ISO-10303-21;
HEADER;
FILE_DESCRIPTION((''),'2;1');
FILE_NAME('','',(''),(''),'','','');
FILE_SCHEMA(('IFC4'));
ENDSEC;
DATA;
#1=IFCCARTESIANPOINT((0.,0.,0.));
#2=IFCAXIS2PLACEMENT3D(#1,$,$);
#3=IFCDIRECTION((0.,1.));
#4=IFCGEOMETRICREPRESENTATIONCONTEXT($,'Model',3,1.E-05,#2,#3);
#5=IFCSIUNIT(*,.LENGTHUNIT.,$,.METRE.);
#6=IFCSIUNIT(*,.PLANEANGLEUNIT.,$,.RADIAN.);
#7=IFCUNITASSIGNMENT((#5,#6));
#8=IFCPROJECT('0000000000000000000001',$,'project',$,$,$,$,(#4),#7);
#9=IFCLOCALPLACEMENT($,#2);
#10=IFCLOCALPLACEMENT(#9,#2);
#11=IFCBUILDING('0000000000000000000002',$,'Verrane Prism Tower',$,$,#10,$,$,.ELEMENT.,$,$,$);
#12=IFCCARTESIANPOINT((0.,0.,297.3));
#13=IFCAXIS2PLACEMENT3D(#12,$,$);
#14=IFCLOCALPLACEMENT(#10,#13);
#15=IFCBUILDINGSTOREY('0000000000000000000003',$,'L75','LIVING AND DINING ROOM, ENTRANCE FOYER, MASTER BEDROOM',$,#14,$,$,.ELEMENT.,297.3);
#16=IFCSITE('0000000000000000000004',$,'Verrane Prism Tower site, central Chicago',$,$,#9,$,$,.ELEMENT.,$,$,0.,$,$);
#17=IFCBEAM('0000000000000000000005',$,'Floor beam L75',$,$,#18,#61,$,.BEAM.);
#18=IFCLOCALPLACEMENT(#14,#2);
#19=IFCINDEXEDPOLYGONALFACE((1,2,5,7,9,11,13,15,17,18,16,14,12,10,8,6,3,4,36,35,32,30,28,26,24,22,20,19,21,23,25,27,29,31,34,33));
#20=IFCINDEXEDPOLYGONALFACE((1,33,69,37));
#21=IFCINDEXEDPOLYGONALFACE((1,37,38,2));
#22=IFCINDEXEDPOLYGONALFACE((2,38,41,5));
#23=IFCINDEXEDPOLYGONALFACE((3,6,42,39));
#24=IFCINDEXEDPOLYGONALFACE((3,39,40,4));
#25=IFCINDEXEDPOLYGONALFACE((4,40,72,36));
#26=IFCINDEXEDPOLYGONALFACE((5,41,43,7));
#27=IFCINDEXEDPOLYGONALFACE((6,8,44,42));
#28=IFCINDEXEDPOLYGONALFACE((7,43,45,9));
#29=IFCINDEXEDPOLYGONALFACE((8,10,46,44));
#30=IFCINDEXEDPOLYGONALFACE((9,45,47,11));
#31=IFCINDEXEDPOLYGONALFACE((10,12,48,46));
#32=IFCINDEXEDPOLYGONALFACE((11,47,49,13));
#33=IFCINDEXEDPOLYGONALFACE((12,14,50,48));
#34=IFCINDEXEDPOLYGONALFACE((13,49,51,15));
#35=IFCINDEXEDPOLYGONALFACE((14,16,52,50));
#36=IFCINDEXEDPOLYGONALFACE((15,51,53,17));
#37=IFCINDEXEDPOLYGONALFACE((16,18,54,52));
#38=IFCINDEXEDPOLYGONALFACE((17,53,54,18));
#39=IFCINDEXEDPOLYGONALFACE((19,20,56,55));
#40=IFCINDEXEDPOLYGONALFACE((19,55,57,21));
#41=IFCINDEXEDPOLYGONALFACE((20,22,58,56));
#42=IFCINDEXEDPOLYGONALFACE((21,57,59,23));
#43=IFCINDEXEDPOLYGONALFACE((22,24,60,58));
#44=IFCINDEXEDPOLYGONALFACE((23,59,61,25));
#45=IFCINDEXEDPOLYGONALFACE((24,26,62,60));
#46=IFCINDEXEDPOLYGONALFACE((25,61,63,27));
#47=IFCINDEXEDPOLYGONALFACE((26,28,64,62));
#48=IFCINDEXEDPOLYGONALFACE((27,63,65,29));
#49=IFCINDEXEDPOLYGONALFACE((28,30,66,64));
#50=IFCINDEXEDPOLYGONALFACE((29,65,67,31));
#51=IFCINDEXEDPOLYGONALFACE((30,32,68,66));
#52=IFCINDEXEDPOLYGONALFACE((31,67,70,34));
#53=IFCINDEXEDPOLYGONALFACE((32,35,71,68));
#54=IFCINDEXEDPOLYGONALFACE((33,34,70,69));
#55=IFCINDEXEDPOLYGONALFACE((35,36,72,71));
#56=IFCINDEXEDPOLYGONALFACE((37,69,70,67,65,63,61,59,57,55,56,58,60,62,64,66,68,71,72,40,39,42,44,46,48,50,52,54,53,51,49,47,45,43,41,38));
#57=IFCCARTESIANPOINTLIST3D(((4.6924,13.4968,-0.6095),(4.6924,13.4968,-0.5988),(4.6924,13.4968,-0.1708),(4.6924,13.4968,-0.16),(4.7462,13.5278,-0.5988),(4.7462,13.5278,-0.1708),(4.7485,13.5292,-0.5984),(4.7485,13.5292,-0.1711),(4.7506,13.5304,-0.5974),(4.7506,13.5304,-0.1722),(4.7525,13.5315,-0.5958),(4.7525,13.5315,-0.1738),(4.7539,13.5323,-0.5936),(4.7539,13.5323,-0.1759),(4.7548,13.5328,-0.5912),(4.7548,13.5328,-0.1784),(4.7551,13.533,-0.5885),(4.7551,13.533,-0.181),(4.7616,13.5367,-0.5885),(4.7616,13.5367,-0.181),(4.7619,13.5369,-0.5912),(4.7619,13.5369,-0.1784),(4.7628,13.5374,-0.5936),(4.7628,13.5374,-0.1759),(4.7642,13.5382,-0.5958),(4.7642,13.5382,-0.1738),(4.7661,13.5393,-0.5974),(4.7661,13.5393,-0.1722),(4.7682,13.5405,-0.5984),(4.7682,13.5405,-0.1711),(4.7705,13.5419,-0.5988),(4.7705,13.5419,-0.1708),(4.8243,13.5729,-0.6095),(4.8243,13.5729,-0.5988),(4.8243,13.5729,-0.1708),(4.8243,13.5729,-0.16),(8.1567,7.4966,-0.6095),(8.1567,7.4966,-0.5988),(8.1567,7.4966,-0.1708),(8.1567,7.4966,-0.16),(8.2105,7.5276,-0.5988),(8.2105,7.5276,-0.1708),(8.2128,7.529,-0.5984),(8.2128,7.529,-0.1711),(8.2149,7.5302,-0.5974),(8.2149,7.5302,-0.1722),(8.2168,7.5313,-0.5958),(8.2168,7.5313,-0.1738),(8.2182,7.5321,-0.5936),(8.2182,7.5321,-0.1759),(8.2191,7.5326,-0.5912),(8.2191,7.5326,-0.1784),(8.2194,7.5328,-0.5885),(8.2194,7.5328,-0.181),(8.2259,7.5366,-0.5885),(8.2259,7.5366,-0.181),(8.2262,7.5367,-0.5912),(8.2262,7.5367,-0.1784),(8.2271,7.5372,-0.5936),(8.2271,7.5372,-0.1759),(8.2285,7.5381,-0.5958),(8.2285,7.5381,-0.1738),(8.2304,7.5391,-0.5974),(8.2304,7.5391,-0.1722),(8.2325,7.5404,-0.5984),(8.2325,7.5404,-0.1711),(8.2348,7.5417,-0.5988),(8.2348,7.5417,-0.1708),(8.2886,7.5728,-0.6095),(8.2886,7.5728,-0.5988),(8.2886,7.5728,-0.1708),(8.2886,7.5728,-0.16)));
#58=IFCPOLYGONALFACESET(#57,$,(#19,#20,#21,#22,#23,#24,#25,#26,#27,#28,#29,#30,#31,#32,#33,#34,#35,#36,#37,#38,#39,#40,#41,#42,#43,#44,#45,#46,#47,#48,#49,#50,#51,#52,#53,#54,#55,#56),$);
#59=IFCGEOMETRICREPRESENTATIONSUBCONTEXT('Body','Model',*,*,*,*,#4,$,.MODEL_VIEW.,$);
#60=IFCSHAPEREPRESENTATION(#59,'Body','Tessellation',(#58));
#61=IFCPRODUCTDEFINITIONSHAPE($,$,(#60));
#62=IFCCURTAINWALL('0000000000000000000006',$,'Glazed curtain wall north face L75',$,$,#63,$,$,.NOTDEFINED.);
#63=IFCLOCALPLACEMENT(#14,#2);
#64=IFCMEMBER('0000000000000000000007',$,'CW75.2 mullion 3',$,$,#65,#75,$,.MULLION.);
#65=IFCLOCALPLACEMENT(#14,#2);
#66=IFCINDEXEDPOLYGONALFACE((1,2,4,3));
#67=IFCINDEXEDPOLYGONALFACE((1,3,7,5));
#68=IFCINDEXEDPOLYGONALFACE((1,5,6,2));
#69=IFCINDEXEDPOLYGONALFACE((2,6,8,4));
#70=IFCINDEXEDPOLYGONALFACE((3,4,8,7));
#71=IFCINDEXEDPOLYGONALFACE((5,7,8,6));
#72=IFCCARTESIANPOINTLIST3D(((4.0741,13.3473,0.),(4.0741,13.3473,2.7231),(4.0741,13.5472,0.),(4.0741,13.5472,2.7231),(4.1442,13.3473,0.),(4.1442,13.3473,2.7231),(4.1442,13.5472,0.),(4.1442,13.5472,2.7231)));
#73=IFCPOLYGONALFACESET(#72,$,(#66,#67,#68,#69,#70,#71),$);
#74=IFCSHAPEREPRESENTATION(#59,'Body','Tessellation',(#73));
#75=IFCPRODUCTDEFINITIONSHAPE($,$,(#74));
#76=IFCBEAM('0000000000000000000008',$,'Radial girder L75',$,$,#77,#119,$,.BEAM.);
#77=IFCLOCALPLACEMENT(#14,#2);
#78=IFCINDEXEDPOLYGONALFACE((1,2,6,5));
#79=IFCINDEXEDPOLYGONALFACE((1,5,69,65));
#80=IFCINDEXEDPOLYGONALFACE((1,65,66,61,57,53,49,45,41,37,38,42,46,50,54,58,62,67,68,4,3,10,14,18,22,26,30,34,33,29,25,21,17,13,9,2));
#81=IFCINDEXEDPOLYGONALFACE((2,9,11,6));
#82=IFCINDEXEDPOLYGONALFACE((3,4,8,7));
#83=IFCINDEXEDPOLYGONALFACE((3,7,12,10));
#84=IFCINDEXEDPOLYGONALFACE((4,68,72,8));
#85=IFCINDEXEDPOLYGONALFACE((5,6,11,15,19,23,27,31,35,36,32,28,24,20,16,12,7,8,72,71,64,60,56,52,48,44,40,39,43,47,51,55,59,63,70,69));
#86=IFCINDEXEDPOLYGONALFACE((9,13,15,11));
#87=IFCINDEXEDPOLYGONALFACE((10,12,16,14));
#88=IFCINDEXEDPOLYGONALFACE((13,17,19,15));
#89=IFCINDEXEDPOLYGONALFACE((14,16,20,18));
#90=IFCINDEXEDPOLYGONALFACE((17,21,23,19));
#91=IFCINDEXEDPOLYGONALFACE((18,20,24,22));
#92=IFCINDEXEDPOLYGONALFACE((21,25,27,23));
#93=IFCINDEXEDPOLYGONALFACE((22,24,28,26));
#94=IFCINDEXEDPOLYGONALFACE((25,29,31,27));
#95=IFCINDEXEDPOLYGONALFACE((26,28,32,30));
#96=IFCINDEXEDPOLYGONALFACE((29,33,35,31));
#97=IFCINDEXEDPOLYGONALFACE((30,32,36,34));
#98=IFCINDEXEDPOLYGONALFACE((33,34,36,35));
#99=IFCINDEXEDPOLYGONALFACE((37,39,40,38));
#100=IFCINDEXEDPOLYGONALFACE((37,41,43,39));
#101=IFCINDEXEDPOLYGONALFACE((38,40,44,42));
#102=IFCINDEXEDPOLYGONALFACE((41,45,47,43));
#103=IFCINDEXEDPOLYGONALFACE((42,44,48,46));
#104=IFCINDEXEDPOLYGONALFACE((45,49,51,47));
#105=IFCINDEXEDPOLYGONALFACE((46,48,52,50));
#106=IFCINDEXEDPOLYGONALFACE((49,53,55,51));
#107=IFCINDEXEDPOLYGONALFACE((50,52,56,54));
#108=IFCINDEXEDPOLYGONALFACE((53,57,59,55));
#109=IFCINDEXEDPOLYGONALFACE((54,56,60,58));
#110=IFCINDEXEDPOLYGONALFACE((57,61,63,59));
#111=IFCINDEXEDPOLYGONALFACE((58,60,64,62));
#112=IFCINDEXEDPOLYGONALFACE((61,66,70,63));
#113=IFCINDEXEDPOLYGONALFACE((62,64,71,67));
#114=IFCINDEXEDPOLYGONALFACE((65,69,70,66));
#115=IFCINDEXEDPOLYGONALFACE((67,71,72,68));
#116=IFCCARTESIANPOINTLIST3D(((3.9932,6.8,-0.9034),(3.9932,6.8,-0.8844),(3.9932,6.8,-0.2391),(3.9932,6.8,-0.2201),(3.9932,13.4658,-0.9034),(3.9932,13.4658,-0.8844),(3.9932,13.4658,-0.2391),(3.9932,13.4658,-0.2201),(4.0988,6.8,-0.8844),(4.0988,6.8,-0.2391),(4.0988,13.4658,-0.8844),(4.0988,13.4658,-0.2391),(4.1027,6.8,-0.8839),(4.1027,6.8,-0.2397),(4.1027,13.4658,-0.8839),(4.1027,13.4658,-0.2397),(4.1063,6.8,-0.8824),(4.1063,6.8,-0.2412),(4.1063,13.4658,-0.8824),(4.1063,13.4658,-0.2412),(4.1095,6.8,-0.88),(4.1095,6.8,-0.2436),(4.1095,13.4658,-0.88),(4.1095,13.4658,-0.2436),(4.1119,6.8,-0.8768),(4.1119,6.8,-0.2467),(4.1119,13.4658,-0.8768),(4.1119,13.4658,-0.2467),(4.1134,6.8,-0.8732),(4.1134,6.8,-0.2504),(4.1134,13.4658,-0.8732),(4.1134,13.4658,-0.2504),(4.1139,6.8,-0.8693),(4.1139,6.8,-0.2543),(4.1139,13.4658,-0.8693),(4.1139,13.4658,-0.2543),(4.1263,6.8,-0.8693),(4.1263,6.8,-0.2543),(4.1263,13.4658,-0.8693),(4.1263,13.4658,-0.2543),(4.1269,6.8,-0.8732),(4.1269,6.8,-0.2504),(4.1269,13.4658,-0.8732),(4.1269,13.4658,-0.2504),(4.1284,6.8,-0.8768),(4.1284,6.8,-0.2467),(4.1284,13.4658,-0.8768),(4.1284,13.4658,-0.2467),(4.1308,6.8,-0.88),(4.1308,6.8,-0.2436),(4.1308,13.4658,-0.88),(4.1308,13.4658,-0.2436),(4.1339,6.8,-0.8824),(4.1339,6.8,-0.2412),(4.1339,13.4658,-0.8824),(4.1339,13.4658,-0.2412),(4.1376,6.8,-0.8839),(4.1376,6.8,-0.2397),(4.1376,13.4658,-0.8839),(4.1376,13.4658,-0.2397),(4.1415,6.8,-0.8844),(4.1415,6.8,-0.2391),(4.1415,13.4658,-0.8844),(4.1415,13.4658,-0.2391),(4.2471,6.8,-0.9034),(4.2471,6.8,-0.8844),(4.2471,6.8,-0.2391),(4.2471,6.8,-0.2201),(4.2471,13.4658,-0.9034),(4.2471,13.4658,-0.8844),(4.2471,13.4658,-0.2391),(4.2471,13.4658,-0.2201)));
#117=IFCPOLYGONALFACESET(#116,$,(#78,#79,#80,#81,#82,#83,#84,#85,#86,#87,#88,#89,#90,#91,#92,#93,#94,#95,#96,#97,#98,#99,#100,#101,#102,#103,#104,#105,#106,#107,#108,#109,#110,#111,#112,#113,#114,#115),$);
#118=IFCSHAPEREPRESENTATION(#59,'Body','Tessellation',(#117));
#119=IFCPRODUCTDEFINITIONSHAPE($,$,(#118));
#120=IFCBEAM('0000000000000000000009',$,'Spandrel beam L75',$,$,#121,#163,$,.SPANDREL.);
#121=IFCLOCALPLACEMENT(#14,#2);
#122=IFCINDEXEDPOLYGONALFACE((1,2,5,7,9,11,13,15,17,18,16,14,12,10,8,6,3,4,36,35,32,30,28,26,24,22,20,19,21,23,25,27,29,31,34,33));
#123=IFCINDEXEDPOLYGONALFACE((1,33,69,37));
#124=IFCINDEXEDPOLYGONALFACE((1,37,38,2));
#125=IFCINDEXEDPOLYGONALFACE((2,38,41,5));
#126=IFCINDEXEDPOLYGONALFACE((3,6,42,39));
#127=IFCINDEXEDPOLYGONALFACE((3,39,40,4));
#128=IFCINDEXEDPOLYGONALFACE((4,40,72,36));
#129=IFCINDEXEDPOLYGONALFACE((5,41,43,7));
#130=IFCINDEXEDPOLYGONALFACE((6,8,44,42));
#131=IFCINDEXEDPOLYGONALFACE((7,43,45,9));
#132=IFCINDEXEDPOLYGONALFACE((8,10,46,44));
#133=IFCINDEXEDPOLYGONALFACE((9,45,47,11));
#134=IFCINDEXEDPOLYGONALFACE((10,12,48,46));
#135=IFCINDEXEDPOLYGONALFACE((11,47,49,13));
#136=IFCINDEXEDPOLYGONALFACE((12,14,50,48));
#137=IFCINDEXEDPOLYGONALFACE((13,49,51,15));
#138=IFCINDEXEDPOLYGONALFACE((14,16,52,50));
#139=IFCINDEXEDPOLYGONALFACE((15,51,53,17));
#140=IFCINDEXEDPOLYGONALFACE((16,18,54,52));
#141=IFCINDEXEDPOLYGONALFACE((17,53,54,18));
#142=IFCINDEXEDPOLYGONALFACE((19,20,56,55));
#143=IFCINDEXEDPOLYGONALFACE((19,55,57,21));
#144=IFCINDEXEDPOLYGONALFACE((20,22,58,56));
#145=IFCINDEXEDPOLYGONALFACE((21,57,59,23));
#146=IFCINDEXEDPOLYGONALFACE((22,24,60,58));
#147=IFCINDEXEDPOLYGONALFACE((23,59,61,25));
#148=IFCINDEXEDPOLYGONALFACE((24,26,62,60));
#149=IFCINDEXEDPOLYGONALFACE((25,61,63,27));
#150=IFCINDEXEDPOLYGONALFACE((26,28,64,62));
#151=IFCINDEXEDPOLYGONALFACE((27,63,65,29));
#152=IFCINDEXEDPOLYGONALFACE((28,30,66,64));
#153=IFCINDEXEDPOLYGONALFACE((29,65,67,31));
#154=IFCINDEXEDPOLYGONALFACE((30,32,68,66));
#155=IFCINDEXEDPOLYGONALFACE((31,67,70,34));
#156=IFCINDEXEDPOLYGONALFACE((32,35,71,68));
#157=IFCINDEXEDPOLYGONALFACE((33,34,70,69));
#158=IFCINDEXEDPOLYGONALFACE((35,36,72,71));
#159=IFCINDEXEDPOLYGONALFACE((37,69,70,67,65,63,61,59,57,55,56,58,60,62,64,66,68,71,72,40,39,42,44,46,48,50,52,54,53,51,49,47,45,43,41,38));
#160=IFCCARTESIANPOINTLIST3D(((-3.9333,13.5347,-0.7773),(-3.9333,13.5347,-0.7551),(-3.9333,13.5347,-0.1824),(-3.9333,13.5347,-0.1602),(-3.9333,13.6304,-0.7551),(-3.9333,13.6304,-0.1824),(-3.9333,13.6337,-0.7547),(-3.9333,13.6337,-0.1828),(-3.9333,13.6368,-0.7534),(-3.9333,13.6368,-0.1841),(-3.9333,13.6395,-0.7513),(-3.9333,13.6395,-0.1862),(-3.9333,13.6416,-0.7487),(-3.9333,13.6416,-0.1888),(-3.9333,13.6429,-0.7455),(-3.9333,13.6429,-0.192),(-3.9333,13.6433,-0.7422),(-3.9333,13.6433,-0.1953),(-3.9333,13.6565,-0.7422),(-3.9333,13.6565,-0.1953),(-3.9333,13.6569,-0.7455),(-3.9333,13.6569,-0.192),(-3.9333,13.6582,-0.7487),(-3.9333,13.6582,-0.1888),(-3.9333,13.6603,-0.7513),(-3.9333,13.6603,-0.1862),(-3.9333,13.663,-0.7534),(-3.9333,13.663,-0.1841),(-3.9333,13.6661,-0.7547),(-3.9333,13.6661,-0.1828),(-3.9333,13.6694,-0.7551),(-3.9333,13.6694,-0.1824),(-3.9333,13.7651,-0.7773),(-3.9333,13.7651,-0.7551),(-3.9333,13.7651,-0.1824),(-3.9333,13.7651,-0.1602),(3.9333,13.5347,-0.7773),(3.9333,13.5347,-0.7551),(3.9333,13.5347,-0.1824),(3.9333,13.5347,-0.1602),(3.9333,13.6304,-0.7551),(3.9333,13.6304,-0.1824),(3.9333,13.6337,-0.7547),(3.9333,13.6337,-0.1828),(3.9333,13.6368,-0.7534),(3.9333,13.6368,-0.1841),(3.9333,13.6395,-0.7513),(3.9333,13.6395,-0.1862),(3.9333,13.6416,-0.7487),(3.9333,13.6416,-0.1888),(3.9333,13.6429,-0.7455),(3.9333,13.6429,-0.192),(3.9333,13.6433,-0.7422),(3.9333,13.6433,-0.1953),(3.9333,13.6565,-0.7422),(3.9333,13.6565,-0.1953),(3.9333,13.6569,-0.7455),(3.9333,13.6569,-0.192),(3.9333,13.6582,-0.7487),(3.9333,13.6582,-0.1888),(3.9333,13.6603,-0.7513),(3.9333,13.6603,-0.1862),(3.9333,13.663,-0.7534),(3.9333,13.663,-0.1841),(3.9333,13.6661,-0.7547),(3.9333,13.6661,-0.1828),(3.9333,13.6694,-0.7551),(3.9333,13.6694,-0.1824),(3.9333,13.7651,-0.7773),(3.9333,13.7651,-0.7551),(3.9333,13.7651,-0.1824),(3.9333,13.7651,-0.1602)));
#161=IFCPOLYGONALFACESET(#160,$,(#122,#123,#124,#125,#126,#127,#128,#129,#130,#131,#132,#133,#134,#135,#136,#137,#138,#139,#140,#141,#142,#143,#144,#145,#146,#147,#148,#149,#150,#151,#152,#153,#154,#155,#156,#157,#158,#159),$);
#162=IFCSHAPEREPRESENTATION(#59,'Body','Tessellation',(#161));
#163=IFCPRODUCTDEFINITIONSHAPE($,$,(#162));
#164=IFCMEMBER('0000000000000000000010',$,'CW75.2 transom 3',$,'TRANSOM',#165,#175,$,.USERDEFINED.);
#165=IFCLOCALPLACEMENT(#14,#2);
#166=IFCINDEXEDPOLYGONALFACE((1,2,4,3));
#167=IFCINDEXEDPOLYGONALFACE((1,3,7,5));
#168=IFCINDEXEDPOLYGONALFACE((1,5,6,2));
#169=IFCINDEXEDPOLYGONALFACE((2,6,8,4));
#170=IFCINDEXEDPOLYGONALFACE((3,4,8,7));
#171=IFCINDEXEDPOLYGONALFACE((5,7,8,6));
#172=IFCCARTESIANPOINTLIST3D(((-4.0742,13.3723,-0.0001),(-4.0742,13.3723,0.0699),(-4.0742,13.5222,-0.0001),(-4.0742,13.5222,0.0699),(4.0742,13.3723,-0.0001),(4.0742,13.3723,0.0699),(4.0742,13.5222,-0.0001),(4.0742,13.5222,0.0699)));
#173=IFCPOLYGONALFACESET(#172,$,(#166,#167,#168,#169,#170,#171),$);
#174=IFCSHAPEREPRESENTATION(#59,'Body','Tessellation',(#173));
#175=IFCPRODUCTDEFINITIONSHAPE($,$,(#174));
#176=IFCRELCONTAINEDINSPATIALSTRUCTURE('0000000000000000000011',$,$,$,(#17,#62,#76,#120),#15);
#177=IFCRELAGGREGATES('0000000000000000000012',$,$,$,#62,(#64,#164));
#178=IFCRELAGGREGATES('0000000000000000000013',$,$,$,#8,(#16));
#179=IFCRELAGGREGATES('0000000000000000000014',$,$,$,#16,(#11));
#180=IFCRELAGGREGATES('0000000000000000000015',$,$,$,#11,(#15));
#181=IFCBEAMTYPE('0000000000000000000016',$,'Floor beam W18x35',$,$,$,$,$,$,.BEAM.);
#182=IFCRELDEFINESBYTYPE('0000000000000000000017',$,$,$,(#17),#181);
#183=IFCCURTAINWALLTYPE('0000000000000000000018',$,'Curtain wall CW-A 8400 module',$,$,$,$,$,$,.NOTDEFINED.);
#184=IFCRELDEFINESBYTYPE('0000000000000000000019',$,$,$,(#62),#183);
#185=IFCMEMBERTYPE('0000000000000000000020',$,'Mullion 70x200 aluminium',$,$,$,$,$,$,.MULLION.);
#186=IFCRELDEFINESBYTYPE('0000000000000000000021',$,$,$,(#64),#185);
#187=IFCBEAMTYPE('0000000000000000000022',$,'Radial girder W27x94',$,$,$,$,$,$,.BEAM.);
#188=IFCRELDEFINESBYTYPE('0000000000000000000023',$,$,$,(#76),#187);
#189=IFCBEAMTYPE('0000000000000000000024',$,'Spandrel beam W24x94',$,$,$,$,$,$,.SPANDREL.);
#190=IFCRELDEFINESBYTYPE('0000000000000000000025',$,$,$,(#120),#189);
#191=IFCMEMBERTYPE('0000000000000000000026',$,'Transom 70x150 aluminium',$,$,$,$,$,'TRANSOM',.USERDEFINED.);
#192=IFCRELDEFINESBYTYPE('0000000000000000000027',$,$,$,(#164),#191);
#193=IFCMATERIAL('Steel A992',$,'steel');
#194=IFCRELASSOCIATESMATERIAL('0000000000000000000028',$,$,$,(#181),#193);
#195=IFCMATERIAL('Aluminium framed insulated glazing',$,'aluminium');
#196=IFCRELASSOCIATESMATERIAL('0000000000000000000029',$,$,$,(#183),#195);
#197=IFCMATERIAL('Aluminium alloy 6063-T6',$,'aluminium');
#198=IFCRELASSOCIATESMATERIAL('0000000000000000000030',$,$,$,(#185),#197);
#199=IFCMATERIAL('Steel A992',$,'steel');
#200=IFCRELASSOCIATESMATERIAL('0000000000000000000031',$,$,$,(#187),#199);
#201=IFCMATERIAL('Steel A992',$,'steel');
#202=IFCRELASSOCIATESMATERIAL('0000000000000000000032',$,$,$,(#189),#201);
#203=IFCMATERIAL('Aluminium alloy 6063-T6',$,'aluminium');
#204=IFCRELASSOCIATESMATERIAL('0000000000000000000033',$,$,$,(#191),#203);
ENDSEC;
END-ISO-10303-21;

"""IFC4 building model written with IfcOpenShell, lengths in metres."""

from ifc_helpers import new_model, si_unit, direction, frame, origin, origin_2d, place, context, subcontext, project, spatial, rectangle, i_section, extrude, material, material_profile, profile_set, type_object, element, aggregate, save


model = new_model("IFC4")

# Units and contexts
model_context = context("Model", 3, precision=1e-05, world=origin(), true_north=direction((0.0, 1.0)))
body_context = subcontext(model_context, "Body", "Model", "MODEL_VIEW")
ifc_project = project(units=[si_unit("LENGTHUNIT", "METRE"), si_unit("PLANEANGLEUNIT", "RADIAN")], contexts=[model_context])

# Site, building, storey
site_placement = place(None, origin())
site = spatial("IfcSite", under=ifc_project, at=site_placement, Name="Verrane Prism Tower site, central Chicago", CompositionType="ELEMENT", RefElevation=0.0)
building_placement = place(site_placement, origin())
building = spatial("IfcBuilding", under=site, at=building_placement, Name="Verrane Prism Tower", CompositionType="ELEMENT")
storey_placement = place(building_placement, frame((0.0, 0.0, 297.3)))
storey = spatial("IfcBuildingStorey", under=building, at=storey_placement, Name="L75", Description="LIVING AND DINING ROOM, ENTRANCE FOYER, MASTER BEDROOM", CompositionType="ELEMENT", Elevation=297.3)

# Beam
ifc_material_1 = material(Name="Steel A992", Category="steel")
ifc_material_profile_1 = material_profile(ifc_material_1, i_section(OverallWidth=0.1523, OverallDepth=0.4495, WebThickness=0.0076, FlangeThickness=0.0107, FilletRadius=0.0103, at=origin_2d()), Name="W18x35")
ifc_profile_set_1 = profile_set([ifc_material_profile_1], Name="Steel A992")
beam_type_1 = type_object("IfcBeamType", Name="Floor beam W18x35", PredefinedType="BEAM", material=ifc_profile_set_1)
beam_1_placement = place(storey_placement, frame((8.2227, 7.5347, -0.3848), z_axis=(-0.500012, 0.866018, 0.0), x_axis=(-0.866018, -0.500012, 0.0)))
element("IfcBeam", 1, at=beam_1_placement, inside=storey, type_object=beam_type_1, Name="Floor beam L75", PredefinedType="BEAM", context=body_context, shape_type="SweptSolid", body=[
    extrude(i_section(OverallWidth=0.1523, OverallDepth=0.4495, WebThickness=0.0076, FlangeThickness=0.0107, FilletRadius=0.0103, at=origin_2d()), origin(), (0.0, 0.0, 1.0), 6.9285),
])

# Curtain wall, member
ifc_material_2 = material(Name="Aluminium framed insulated glazing", Category="aluminium")
curtain_wall_type = type_object("IfcCurtainWallType", Name="Curtain wall CW-A 8400 module", PredefinedType="NOTDEFINED", material=ifc_material_2)
curtain_wall_placement = place(storey_placement, origin())
curtain_wall = element("IfcCurtainWall", 2, at=curtain_wall_placement, inside=storey, type_object=curtain_wall_type, Name="Glazed curtain wall north face L75", PredefinedType="NOTDEFINED")
ifc_material_3 = material(Name="Aluminium alloy 6063-T6", Category="aluminium")
ifc_material_profile_2 = material_profile(ifc_material_3, rectangle(XDim=0.2, YDim=0.0701, at=origin_2d()), Name="Mullion 70x200 aluminium")
ifc_profile_set_2 = profile_set([ifc_material_profile_2], Name="Aluminium alloy 6063-T6")
member_type_1 = type_object("IfcMemberType", Name="Mullion 70x200 aluminium", PredefinedType="MULLION", material=ifc_profile_set_2)
member_1_placement = place(storey_placement, frame((4.1091, 13.4473, 0.0), z_axis=(0.0, 0.0, 1.0), x_axis=(0.0, -1.0, 0.0)))
member_1 = element("IfcMember", 3, at=member_1_placement, type_object=member_type_1, Name="CW75.2 mullion 3", PredefinedType="MULLION", context=body_context, shape_type="SweptSolid", body=[
    extrude(rectangle(XDim=0.2, YDim=0.0701, at=origin_2d()), origin(), (0.0, 0.0, 1.0), 2.7231),
])

# Beams
ifc_material_4 = material(Name="Steel A992", Category="steel")
ifc_material_profile_3 = material_profile(ifc_material_4, i_section(OverallWidth=0.2539, OverallDepth=0.6833, WebThickness=0.0125, FlangeThickness=0.019, FilletRadius=0.0151, at=origin_2d()), Name="W27x94")
ifc_profile_set_3 = profile_set([ifc_material_profile_3], Name="Steel A992")
beam_type_2 = type_object("IfcBeamType", Name="Radial girder W27x94", PredefinedType="BEAM", material=ifc_profile_set_3)
beam_2_placement = place(storey_placement, frame((4.1201, 13.4658, -0.5618), z_axis=(0.0, -1.0, 0.0), x_axis=(1.0, 0.0, 0.0)))
element("IfcBeam", 4, at=beam_2_placement, inside=storey, type_object=beam_type_2, Name="Radial girder L75", PredefinedType="BEAM", context=body_context, shape_type="SweptSolid", body=[
    extrude(i_section(OverallWidth=0.2539, OverallDepth=0.6833, WebThickness=0.0125, FlangeThickness=0.019, FilletRadius=0.0151, at=origin_2d()), origin(), (0.0, 0.0, 1.0), 6.6658),
])
ifc_material_5 = material(Name="Steel A992", Category="steel")
ifc_material_profile_4 = material_profile(ifc_material_5, i_section(OverallWidth=0.2305, OverallDepth=0.6172, WebThickness=0.0132, FlangeThickness=0.0222, FilletRadius=0.0129, at=origin_2d()), Name="W24x94")
ifc_profile_set_4 = profile_set([ifc_material_profile_4], Name="Steel A992")
beam_type_3 = type_object("IfcBeamType", Name="Spandrel beam W24x94", PredefinedType="SPANDREL", material=ifc_profile_set_4)
beam_3_placement = place(storey_placement, frame((3.9333, 13.6499, -0.4688), z_axis=(-1.0, 0.0, 0.0), x_axis=(0.0, -1.0, 0.0)))
element("IfcBeam", 5, at=beam_3_placement, inside=storey, type_object=beam_type_3, Name="Spandrel beam L75", PredefinedType="SPANDREL", context=body_context, shape_type="SweptSolid", body=[
    extrude(i_section(OverallWidth=0.2305, OverallDepth=0.6172, WebThickness=0.0132, FlangeThickness=0.0222, FilletRadius=0.0129, at=origin_2d()), origin(), (0.0, 0.0, 1.0), 7.8667),
])

# Member
ifc_material_6 = material(Name="Aluminium alloy 6063-T6", Category="aluminium")
ifc_material_profile_5 = material_profile(ifc_material_6, rectangle(XDim=0.1499, YDim=0.0701, at=origin_2d()), Name="Transom 70x150 aluminium")
ifc_profile_set_5 = profile_set([ifc_material_profile_5], Name="Aluminium alloy 6063-T6")
member_type_2 = type_object("IfcMemberType", Name="Transom 70x150 aluminium", ElementType="TRANSOM", PredefinedType="USERDEFINED", material=ifc_profile_set_5)
member_2_placement = place(storey_placement, frame((4.0742, 13.4473, 0.0349), z_axis=(-1.0, 0.0, 0.0), x_axis=(0.0, -1.0, 0.0)))
member_2 = element("IfcMember", 6, at=member_2_placement, type_object=member_type_2, Name="CW75.2 transom 3", ObjectType="TRANSOM", PredefinedType="USERDEFINED", context=body_context, shape_type="SweptSolid", body=[
    extrude(rectangle(XDim=0.1499, YDim=0.0701, at=origin_2d()), origin(), (0.0, 0.0, 1.0), 8.1484),
])

aggregate(curtain_wall, [member_1, member_2])

save(model, "model.ifc")
